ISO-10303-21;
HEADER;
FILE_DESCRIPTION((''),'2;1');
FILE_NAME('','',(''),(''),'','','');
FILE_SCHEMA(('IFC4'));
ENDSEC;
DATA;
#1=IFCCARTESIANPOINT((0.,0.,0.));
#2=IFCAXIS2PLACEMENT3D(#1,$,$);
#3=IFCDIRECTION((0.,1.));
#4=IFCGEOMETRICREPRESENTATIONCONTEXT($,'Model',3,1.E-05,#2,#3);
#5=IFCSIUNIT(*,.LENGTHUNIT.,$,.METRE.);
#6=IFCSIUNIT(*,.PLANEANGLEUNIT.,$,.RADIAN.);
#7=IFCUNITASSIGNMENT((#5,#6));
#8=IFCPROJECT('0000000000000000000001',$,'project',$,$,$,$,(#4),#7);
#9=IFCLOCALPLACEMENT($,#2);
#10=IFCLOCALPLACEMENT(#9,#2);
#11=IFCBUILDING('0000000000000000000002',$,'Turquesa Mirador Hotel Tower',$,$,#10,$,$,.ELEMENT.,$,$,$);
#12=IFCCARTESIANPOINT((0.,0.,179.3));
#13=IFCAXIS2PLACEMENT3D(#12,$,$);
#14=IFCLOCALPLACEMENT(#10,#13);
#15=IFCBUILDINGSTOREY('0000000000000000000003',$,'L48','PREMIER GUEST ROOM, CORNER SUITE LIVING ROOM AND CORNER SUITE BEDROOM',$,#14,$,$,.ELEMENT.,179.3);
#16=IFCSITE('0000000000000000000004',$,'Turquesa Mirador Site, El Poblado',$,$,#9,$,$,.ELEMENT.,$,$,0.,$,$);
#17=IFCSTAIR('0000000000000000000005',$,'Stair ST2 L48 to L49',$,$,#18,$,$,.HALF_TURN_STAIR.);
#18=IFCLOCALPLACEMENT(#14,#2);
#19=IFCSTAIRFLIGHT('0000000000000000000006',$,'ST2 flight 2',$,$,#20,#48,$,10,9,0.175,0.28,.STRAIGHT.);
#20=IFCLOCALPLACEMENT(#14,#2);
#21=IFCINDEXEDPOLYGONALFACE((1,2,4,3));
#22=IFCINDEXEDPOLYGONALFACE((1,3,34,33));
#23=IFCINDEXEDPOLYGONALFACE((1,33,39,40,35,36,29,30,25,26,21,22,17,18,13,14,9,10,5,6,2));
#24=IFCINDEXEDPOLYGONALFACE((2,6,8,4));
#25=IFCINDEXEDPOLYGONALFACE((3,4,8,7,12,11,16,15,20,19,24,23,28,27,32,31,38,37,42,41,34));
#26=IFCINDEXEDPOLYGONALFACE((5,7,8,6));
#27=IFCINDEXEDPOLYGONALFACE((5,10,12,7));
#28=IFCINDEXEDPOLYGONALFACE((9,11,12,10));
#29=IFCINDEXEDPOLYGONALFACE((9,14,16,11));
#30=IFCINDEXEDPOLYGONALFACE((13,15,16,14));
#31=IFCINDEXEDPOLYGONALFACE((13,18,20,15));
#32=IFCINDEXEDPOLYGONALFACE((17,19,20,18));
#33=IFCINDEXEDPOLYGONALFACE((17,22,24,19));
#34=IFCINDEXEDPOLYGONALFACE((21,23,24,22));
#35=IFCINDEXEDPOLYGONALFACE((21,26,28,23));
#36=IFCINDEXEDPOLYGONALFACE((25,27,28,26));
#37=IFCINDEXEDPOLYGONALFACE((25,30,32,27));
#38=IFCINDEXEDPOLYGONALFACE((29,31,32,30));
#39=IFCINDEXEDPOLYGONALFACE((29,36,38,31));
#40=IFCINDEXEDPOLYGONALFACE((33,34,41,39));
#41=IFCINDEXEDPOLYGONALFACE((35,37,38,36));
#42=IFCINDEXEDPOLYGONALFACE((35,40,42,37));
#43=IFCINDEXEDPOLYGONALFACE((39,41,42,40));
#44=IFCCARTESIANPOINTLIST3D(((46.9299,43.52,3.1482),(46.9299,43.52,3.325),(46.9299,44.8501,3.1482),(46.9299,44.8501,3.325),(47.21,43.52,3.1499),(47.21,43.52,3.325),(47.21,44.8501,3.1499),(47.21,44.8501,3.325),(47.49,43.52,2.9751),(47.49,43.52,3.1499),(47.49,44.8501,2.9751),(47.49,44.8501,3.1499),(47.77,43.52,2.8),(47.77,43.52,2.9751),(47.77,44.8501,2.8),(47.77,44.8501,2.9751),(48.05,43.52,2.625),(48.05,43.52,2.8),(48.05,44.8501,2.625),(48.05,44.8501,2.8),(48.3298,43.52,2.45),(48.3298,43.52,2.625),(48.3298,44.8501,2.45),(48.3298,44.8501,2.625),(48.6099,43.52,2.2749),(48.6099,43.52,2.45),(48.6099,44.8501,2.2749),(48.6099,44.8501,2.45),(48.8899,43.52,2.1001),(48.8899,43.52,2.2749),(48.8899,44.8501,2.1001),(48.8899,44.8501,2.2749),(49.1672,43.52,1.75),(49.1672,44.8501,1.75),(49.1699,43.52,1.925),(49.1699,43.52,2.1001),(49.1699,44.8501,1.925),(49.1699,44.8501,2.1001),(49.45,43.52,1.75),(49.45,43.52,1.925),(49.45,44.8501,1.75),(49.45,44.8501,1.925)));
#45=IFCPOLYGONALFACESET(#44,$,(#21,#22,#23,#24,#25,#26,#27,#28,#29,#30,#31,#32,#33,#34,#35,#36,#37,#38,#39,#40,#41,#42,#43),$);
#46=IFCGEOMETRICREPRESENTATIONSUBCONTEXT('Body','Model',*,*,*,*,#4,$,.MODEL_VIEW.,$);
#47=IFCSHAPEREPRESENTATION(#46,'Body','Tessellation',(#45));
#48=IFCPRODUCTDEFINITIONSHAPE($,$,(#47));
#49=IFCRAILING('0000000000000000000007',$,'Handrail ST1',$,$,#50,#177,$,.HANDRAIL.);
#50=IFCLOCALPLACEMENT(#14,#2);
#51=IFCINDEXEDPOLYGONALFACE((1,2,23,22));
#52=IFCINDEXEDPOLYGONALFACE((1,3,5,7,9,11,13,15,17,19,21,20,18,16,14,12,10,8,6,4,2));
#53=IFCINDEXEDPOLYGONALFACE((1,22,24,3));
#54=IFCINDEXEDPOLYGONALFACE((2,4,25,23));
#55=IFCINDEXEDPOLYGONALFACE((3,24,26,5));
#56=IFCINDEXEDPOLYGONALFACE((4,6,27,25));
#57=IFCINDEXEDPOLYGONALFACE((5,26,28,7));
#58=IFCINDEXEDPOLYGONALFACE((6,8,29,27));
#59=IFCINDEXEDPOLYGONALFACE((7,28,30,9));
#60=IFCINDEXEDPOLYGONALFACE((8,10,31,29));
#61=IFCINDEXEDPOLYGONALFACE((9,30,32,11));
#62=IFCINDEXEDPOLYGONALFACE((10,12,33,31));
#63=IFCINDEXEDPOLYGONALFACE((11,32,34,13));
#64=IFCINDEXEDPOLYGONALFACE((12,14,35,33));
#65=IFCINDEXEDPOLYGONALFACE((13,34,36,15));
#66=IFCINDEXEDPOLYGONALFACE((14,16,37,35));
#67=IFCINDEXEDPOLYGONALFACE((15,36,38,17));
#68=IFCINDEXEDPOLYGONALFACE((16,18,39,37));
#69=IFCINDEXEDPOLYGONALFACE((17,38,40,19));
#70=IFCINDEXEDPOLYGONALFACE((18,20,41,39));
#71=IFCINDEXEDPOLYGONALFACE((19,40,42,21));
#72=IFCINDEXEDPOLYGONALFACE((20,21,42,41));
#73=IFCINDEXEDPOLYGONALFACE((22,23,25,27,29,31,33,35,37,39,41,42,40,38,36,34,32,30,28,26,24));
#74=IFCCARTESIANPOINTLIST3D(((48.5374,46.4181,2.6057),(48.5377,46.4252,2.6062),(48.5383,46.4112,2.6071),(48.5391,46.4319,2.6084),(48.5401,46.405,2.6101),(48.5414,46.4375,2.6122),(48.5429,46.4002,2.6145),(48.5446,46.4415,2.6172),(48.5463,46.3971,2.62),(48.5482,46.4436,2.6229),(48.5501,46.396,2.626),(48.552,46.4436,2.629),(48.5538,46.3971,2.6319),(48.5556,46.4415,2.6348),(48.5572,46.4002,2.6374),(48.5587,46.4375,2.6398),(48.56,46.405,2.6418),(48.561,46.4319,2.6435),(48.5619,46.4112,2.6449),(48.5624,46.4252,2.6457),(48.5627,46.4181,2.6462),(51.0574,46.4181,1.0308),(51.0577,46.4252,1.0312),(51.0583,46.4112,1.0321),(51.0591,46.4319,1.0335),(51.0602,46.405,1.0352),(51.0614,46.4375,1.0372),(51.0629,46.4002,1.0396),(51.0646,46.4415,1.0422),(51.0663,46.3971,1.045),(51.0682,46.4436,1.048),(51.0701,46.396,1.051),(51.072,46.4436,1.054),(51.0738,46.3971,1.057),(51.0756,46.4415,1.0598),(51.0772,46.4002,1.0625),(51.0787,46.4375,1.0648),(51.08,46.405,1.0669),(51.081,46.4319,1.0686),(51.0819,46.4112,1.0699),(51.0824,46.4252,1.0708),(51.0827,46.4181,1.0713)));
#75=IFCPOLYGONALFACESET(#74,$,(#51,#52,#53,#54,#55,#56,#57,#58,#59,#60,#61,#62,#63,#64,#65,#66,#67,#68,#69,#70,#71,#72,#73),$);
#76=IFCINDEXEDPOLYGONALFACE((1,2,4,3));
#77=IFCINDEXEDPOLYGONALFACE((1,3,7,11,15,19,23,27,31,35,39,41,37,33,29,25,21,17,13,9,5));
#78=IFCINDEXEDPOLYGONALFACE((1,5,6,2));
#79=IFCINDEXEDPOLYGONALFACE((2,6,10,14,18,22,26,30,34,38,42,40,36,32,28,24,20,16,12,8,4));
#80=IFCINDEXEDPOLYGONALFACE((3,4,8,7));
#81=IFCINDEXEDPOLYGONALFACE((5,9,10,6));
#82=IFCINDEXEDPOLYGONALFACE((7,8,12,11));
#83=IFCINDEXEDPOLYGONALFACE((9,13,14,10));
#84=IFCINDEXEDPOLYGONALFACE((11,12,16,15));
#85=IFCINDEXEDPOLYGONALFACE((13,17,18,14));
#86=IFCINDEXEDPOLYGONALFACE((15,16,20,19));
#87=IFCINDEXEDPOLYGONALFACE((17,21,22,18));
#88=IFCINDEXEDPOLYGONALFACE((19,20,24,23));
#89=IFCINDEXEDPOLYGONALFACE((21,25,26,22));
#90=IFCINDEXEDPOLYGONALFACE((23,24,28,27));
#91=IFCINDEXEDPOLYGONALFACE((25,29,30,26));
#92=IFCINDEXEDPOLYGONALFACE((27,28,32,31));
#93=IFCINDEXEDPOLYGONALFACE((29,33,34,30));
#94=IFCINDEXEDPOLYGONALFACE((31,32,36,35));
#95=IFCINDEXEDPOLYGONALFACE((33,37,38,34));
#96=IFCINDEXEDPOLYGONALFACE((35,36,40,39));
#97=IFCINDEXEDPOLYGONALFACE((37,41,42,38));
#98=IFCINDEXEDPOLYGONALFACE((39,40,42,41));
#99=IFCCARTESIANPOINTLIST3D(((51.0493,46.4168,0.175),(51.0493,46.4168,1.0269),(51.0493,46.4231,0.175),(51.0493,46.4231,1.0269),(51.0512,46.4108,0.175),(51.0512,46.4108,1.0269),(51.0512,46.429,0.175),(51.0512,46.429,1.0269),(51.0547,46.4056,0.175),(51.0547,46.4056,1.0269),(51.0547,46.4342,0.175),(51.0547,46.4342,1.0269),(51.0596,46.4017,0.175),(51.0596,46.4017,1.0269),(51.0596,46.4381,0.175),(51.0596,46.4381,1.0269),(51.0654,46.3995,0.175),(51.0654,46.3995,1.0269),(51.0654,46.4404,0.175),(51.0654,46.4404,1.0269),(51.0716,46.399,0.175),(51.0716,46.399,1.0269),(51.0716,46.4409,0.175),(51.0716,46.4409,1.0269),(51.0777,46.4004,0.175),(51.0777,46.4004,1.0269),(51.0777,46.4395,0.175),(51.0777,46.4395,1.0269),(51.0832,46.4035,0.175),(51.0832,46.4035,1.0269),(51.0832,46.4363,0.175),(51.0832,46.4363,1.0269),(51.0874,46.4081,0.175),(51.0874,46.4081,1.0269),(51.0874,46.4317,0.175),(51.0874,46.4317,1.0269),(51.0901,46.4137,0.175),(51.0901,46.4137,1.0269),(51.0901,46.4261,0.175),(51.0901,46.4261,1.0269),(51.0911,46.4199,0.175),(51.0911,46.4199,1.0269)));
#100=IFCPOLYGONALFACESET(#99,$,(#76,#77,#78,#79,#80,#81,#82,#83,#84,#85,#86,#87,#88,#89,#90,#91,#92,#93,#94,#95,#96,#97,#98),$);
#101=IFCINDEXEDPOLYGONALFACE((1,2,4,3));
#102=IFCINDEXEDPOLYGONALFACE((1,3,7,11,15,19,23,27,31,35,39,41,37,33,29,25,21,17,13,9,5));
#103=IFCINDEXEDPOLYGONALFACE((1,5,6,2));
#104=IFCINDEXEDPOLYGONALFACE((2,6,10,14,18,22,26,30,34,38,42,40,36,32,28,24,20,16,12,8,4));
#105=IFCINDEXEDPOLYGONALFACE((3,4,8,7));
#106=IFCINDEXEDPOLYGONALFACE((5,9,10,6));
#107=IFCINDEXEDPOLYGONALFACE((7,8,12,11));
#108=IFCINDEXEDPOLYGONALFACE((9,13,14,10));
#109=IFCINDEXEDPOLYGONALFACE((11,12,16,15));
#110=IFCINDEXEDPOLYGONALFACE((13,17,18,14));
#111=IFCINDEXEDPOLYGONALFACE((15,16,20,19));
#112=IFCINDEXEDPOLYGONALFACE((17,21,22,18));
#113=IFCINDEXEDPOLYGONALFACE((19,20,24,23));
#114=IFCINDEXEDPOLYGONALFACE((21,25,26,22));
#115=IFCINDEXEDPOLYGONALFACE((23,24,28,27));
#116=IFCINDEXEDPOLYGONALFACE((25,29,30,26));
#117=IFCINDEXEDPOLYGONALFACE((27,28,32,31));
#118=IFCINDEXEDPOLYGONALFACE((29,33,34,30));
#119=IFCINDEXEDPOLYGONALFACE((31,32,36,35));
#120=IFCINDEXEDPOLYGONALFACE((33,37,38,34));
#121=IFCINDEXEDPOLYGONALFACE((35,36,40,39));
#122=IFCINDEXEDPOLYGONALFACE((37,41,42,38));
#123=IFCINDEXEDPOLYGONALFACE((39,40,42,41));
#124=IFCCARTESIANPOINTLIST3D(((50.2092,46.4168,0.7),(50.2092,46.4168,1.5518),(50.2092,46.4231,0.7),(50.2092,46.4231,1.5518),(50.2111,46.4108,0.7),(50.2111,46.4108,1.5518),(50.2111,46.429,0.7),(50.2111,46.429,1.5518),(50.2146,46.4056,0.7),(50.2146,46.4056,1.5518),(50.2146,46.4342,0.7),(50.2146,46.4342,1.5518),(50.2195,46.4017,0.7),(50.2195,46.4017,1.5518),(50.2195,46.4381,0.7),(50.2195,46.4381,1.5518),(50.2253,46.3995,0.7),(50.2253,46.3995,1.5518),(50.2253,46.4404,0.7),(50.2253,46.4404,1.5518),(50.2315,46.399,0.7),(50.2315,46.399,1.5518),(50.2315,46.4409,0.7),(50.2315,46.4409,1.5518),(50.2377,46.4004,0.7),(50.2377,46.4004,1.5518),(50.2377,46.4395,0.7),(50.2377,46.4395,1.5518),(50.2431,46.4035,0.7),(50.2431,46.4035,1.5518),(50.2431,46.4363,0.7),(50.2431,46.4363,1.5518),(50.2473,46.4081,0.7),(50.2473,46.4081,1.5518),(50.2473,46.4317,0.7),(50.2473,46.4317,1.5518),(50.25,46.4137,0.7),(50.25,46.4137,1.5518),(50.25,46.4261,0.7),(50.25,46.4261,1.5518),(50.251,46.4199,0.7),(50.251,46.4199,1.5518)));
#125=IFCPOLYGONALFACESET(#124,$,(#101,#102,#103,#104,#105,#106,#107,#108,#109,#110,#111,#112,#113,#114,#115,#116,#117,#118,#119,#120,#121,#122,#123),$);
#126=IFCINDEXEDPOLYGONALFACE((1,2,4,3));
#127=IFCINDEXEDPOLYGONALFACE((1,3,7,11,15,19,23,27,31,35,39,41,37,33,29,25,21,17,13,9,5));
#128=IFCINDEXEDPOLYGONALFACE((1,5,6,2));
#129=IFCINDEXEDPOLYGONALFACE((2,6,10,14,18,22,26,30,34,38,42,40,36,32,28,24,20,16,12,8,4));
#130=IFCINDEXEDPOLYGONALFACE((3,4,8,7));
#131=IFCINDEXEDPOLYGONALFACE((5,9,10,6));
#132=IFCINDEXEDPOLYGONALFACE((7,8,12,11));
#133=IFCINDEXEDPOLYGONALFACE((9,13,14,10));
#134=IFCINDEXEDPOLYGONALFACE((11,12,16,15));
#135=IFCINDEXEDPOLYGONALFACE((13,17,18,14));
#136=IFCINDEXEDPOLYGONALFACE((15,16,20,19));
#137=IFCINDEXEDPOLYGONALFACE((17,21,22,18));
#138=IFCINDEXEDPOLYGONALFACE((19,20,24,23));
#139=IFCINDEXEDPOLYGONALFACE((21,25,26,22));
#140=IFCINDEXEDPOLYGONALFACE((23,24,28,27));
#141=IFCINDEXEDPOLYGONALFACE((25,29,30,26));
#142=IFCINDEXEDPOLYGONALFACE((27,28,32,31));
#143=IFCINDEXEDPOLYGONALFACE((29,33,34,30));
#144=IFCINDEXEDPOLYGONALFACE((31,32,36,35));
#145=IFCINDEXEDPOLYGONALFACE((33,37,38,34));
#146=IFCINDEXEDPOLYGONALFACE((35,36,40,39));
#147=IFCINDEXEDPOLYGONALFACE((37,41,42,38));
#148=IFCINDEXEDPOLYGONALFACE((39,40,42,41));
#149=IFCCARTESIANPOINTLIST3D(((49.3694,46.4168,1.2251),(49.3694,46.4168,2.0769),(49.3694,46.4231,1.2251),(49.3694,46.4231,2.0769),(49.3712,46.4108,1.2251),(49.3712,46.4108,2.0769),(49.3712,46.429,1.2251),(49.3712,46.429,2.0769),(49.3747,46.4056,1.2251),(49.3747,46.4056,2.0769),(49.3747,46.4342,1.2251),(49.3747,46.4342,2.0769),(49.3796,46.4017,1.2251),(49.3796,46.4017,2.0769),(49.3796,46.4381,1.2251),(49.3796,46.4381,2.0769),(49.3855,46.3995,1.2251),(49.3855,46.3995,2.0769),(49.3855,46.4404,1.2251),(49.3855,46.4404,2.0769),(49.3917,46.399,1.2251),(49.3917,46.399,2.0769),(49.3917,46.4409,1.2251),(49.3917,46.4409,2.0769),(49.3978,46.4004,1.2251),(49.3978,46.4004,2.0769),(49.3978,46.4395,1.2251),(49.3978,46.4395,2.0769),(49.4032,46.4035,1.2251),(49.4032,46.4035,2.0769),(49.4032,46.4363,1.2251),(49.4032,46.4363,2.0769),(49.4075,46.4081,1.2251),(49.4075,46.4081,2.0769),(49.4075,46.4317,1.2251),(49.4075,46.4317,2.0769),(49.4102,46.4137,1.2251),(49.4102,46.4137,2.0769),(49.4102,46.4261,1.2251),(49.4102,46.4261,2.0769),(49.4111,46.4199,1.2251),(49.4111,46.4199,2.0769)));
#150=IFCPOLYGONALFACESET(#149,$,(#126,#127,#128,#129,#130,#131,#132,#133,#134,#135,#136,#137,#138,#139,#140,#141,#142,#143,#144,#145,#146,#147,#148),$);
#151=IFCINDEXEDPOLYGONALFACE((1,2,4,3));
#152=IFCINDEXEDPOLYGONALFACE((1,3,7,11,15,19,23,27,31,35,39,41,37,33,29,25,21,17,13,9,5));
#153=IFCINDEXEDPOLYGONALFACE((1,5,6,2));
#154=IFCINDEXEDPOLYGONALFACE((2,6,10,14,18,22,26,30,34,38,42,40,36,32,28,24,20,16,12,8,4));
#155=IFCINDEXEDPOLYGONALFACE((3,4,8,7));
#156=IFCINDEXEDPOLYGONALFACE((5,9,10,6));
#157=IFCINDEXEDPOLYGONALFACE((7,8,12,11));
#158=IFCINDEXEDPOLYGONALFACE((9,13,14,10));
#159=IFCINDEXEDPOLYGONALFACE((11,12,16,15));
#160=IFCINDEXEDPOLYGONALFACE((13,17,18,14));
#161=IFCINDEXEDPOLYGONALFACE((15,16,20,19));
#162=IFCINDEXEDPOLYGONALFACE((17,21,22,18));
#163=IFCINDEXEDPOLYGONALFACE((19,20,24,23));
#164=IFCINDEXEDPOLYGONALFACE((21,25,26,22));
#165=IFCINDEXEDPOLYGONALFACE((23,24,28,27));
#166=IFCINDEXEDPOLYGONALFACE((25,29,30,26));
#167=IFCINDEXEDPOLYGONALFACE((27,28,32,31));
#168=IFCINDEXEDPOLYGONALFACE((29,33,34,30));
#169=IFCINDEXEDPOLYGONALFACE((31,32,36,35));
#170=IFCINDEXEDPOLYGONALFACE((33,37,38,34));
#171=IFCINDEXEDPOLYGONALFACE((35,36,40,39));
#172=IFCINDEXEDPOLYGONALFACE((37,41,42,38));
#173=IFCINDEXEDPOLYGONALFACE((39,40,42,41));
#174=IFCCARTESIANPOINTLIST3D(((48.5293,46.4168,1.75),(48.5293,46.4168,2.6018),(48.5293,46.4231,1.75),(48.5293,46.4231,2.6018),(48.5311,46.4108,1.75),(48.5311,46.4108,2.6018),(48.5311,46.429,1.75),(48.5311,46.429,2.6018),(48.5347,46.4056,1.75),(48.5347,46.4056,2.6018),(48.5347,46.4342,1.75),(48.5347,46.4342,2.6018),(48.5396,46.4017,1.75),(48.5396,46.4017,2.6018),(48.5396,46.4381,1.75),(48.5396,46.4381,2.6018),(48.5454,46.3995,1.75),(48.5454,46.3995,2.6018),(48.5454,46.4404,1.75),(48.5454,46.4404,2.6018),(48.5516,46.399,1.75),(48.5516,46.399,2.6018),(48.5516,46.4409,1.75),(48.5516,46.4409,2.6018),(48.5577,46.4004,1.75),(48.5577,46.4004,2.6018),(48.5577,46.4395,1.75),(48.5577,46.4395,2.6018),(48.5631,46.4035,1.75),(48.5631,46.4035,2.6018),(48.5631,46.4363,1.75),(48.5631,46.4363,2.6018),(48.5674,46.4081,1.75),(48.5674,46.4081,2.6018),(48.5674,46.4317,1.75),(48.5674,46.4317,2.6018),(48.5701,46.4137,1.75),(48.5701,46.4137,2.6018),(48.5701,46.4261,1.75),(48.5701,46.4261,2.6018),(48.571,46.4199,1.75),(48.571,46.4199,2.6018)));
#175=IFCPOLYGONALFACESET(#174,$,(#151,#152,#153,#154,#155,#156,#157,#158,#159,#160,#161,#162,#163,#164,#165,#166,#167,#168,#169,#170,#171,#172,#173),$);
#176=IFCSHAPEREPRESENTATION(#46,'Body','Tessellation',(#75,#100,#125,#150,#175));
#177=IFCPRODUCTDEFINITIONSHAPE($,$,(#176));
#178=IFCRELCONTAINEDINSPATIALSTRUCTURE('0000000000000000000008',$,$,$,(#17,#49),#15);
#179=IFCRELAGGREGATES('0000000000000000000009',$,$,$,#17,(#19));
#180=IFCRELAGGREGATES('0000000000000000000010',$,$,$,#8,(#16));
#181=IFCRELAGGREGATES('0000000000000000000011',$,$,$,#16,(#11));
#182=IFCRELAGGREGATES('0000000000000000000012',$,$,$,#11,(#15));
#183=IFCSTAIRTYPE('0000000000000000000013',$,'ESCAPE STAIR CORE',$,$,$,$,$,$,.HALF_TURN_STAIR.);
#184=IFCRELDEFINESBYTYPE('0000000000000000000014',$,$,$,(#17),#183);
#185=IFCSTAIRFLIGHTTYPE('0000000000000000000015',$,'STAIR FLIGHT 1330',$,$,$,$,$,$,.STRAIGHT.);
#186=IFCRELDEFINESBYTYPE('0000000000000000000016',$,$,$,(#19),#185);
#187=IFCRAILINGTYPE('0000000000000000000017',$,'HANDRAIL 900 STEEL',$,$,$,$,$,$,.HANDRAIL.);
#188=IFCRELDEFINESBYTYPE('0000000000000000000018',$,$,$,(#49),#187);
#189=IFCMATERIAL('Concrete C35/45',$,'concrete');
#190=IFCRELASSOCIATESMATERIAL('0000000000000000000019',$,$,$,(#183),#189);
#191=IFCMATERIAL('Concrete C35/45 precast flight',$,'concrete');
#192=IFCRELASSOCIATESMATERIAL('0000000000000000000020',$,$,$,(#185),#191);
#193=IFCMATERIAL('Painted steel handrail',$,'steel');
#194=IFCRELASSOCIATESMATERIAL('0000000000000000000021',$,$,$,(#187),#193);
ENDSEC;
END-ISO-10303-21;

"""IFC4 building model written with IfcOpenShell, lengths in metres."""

from ifc_helpers import new_model, si_unit, direction, frame, origin, origin_2d, place, context, subcontext, project, spatial, polyline, circle, outline, extrude, material, type_object, element, aggregate, save


model = new_model("IFC4")

# Units and contexts
model_context = context("Model", 3, precision=1e-05, world=origin(), true_north=direction((0.0, 1.0)))
body_context = subcontext(model_context, "Body", "Model", "MODEL_VIEW")
ifc_project = project(units=[si_unit("LENGTHUNIT", "METRE"), si_unit("PLANEANGLEUNIT", "RADIAN")], contexts=[model_context])

# Site, building, storey
site_placement = place(None, origin())
site = spatial("IfcSite", under=ifc_project, at=site_placement, Name="Turquesa Mirador Site, El Poblado", CompositionType="ELEMENT", RefElevation=0.0)
building_placement = place(site_placement, origin())
building = spatial("IfcBuilding", under=site, at=building_placement, Name="Turquesa Mirador Hotel Tower", CompositionType="ELEMENT")
storey_placement = place(building_placement, frame((0.0, 0.0, 179.3)))
storey = spatial("IfcBuildingStorey", under=building, at=storey_placement, Name="L48", Description="PREMIER GUEST ROOM, CORNER SUITE LIVING ROOM AND CORNER SUITE BEDROOM", CompositionType="ELEMENT", Elevation=179.3)

# Shared definitions
ifc_material_1 = material(Name="Concrete C35/45", Category="concrete")
stair_type = type_object("IfcStairType", Name="ESCAPE STAIR CORE", PredefinedType="HALF_TURN_STAIR", material=ifc_material_1)
ifc_material_2 = material(Name="Concrete C35/45 precast flight", Category="concrete")
stair_flight_type = type_object("IfcStairFlightType", Name="STAIR FLIGHT 1330", PredefinedType="STRAIGHT", material=ifc_material_2)

# Stair, stair flight
stair_1_placement = place(storey_placement, origin())
stair_1 = element("IfcStair", 1, at=stair_1_placement, inside=storey, type_object=stair_type, Name="Stair ST2 L48 to L49", PredefinedType="HALF_TURN_STAIR")
stair_flight_1_placement = place(storey_placement, frame((49.45, 44.1851, 1.75), z_axis=(0.0, 0.0, 1.0), x_axis=(-1.0, 0.0, 0.0)))
stair_flight_1 = element("IfcStairFlight", 2, at=stair_flight_1_placement, type_object=stair_flight_type, Name="ST2 flight 2", NumberOfRisers=10, NumberOfTreads=9, PredefinedType="STRAIGHT", RiserHeight=0.175, TreadLength=0.28, context=body_context, shape_type="SweptSolid", body=[
    extrude(outline(polyline([(0.0, 0.0), (0.0, 0.175), (0.28, 0.175), (0.28, 0.3501), (0.5601, 0.3501), (0.5601, 0.5249), (0.8401, 0.5249), (0.8401, 0.7), (1.1201, 0.7), (1.1201, 0.875), (1.3999, 0.875), (1.3999, 1.05), (1.6799, 1.05), (1.6799, 1.2251), (1.96, 1.2251), (1.96, 1.3999), (2.24, 1.3999), (2.24, 1.575), (2.52, 1.575), (2.52, 1.75), (2.52, 1.3982), (0.2827, 0.0), (0.0, 0.0)])), frame((0.0, 0.665, 0.0), z_axis=(0.0, -1.0, 0.0), x_axis=(1.0, 0.0, 0.0)), (0.0, 0.0, 1.0), 1.3301),
])
aggregate(stair_1, [stair_flight_1])

# Railing
ifc_material_3 = material(Name="Painted steel handrail", Category="steel")
railing_type = type_object("IfcRailingType", Name="HANDRAIL 900 STEEL", PredefinedType="HANDRAIL", material=ifc_material_3)
railing_1_placement = place(storey_placement, frame((51.0701, 46.4199, 0.175)))
element("IfcRailing", 3, at=railing_1_placement, inside=storey, type_object=railing_type, Name="Handrail ST1", PredefinedType="HANDRAIL", context=body_context, shape_type="SweptSolid", body=[
    extrude(circle(Radius=0.0239, at=origin_2d()), frame((0.0, 0.0, 0.876), z_axis=(-0.848008, 0.0, 0.529984), x_axis=(0.0, -1.0, 0.0)), (0.0, 0.0, 1.0), 2.9717),
    extrude(circle(Radius=0.021, at=origin_2d()), origin(), (0.0, 0.0, 1.0), 0.8518),
    extrude(circle(Radius=0.021, at=origin_2d()), frame((-0.8401, 0.0, 0.5249)), (0.0, 0.0, 1.0), 0.8518),
    extrude(circle(Radius=0.021, at=origin_2d()), frame((-1.6799, 0.0, 1.05)), (0.0, 0.0, 1.0), 0.8518),
    extrude(circle(Radius=0.021, at=origin_2d()), frame((-2.52, 0.0, 1.575)), (0.0, 0.0, 1.0), 0.8518),
])

save(model, "model.ifc")
